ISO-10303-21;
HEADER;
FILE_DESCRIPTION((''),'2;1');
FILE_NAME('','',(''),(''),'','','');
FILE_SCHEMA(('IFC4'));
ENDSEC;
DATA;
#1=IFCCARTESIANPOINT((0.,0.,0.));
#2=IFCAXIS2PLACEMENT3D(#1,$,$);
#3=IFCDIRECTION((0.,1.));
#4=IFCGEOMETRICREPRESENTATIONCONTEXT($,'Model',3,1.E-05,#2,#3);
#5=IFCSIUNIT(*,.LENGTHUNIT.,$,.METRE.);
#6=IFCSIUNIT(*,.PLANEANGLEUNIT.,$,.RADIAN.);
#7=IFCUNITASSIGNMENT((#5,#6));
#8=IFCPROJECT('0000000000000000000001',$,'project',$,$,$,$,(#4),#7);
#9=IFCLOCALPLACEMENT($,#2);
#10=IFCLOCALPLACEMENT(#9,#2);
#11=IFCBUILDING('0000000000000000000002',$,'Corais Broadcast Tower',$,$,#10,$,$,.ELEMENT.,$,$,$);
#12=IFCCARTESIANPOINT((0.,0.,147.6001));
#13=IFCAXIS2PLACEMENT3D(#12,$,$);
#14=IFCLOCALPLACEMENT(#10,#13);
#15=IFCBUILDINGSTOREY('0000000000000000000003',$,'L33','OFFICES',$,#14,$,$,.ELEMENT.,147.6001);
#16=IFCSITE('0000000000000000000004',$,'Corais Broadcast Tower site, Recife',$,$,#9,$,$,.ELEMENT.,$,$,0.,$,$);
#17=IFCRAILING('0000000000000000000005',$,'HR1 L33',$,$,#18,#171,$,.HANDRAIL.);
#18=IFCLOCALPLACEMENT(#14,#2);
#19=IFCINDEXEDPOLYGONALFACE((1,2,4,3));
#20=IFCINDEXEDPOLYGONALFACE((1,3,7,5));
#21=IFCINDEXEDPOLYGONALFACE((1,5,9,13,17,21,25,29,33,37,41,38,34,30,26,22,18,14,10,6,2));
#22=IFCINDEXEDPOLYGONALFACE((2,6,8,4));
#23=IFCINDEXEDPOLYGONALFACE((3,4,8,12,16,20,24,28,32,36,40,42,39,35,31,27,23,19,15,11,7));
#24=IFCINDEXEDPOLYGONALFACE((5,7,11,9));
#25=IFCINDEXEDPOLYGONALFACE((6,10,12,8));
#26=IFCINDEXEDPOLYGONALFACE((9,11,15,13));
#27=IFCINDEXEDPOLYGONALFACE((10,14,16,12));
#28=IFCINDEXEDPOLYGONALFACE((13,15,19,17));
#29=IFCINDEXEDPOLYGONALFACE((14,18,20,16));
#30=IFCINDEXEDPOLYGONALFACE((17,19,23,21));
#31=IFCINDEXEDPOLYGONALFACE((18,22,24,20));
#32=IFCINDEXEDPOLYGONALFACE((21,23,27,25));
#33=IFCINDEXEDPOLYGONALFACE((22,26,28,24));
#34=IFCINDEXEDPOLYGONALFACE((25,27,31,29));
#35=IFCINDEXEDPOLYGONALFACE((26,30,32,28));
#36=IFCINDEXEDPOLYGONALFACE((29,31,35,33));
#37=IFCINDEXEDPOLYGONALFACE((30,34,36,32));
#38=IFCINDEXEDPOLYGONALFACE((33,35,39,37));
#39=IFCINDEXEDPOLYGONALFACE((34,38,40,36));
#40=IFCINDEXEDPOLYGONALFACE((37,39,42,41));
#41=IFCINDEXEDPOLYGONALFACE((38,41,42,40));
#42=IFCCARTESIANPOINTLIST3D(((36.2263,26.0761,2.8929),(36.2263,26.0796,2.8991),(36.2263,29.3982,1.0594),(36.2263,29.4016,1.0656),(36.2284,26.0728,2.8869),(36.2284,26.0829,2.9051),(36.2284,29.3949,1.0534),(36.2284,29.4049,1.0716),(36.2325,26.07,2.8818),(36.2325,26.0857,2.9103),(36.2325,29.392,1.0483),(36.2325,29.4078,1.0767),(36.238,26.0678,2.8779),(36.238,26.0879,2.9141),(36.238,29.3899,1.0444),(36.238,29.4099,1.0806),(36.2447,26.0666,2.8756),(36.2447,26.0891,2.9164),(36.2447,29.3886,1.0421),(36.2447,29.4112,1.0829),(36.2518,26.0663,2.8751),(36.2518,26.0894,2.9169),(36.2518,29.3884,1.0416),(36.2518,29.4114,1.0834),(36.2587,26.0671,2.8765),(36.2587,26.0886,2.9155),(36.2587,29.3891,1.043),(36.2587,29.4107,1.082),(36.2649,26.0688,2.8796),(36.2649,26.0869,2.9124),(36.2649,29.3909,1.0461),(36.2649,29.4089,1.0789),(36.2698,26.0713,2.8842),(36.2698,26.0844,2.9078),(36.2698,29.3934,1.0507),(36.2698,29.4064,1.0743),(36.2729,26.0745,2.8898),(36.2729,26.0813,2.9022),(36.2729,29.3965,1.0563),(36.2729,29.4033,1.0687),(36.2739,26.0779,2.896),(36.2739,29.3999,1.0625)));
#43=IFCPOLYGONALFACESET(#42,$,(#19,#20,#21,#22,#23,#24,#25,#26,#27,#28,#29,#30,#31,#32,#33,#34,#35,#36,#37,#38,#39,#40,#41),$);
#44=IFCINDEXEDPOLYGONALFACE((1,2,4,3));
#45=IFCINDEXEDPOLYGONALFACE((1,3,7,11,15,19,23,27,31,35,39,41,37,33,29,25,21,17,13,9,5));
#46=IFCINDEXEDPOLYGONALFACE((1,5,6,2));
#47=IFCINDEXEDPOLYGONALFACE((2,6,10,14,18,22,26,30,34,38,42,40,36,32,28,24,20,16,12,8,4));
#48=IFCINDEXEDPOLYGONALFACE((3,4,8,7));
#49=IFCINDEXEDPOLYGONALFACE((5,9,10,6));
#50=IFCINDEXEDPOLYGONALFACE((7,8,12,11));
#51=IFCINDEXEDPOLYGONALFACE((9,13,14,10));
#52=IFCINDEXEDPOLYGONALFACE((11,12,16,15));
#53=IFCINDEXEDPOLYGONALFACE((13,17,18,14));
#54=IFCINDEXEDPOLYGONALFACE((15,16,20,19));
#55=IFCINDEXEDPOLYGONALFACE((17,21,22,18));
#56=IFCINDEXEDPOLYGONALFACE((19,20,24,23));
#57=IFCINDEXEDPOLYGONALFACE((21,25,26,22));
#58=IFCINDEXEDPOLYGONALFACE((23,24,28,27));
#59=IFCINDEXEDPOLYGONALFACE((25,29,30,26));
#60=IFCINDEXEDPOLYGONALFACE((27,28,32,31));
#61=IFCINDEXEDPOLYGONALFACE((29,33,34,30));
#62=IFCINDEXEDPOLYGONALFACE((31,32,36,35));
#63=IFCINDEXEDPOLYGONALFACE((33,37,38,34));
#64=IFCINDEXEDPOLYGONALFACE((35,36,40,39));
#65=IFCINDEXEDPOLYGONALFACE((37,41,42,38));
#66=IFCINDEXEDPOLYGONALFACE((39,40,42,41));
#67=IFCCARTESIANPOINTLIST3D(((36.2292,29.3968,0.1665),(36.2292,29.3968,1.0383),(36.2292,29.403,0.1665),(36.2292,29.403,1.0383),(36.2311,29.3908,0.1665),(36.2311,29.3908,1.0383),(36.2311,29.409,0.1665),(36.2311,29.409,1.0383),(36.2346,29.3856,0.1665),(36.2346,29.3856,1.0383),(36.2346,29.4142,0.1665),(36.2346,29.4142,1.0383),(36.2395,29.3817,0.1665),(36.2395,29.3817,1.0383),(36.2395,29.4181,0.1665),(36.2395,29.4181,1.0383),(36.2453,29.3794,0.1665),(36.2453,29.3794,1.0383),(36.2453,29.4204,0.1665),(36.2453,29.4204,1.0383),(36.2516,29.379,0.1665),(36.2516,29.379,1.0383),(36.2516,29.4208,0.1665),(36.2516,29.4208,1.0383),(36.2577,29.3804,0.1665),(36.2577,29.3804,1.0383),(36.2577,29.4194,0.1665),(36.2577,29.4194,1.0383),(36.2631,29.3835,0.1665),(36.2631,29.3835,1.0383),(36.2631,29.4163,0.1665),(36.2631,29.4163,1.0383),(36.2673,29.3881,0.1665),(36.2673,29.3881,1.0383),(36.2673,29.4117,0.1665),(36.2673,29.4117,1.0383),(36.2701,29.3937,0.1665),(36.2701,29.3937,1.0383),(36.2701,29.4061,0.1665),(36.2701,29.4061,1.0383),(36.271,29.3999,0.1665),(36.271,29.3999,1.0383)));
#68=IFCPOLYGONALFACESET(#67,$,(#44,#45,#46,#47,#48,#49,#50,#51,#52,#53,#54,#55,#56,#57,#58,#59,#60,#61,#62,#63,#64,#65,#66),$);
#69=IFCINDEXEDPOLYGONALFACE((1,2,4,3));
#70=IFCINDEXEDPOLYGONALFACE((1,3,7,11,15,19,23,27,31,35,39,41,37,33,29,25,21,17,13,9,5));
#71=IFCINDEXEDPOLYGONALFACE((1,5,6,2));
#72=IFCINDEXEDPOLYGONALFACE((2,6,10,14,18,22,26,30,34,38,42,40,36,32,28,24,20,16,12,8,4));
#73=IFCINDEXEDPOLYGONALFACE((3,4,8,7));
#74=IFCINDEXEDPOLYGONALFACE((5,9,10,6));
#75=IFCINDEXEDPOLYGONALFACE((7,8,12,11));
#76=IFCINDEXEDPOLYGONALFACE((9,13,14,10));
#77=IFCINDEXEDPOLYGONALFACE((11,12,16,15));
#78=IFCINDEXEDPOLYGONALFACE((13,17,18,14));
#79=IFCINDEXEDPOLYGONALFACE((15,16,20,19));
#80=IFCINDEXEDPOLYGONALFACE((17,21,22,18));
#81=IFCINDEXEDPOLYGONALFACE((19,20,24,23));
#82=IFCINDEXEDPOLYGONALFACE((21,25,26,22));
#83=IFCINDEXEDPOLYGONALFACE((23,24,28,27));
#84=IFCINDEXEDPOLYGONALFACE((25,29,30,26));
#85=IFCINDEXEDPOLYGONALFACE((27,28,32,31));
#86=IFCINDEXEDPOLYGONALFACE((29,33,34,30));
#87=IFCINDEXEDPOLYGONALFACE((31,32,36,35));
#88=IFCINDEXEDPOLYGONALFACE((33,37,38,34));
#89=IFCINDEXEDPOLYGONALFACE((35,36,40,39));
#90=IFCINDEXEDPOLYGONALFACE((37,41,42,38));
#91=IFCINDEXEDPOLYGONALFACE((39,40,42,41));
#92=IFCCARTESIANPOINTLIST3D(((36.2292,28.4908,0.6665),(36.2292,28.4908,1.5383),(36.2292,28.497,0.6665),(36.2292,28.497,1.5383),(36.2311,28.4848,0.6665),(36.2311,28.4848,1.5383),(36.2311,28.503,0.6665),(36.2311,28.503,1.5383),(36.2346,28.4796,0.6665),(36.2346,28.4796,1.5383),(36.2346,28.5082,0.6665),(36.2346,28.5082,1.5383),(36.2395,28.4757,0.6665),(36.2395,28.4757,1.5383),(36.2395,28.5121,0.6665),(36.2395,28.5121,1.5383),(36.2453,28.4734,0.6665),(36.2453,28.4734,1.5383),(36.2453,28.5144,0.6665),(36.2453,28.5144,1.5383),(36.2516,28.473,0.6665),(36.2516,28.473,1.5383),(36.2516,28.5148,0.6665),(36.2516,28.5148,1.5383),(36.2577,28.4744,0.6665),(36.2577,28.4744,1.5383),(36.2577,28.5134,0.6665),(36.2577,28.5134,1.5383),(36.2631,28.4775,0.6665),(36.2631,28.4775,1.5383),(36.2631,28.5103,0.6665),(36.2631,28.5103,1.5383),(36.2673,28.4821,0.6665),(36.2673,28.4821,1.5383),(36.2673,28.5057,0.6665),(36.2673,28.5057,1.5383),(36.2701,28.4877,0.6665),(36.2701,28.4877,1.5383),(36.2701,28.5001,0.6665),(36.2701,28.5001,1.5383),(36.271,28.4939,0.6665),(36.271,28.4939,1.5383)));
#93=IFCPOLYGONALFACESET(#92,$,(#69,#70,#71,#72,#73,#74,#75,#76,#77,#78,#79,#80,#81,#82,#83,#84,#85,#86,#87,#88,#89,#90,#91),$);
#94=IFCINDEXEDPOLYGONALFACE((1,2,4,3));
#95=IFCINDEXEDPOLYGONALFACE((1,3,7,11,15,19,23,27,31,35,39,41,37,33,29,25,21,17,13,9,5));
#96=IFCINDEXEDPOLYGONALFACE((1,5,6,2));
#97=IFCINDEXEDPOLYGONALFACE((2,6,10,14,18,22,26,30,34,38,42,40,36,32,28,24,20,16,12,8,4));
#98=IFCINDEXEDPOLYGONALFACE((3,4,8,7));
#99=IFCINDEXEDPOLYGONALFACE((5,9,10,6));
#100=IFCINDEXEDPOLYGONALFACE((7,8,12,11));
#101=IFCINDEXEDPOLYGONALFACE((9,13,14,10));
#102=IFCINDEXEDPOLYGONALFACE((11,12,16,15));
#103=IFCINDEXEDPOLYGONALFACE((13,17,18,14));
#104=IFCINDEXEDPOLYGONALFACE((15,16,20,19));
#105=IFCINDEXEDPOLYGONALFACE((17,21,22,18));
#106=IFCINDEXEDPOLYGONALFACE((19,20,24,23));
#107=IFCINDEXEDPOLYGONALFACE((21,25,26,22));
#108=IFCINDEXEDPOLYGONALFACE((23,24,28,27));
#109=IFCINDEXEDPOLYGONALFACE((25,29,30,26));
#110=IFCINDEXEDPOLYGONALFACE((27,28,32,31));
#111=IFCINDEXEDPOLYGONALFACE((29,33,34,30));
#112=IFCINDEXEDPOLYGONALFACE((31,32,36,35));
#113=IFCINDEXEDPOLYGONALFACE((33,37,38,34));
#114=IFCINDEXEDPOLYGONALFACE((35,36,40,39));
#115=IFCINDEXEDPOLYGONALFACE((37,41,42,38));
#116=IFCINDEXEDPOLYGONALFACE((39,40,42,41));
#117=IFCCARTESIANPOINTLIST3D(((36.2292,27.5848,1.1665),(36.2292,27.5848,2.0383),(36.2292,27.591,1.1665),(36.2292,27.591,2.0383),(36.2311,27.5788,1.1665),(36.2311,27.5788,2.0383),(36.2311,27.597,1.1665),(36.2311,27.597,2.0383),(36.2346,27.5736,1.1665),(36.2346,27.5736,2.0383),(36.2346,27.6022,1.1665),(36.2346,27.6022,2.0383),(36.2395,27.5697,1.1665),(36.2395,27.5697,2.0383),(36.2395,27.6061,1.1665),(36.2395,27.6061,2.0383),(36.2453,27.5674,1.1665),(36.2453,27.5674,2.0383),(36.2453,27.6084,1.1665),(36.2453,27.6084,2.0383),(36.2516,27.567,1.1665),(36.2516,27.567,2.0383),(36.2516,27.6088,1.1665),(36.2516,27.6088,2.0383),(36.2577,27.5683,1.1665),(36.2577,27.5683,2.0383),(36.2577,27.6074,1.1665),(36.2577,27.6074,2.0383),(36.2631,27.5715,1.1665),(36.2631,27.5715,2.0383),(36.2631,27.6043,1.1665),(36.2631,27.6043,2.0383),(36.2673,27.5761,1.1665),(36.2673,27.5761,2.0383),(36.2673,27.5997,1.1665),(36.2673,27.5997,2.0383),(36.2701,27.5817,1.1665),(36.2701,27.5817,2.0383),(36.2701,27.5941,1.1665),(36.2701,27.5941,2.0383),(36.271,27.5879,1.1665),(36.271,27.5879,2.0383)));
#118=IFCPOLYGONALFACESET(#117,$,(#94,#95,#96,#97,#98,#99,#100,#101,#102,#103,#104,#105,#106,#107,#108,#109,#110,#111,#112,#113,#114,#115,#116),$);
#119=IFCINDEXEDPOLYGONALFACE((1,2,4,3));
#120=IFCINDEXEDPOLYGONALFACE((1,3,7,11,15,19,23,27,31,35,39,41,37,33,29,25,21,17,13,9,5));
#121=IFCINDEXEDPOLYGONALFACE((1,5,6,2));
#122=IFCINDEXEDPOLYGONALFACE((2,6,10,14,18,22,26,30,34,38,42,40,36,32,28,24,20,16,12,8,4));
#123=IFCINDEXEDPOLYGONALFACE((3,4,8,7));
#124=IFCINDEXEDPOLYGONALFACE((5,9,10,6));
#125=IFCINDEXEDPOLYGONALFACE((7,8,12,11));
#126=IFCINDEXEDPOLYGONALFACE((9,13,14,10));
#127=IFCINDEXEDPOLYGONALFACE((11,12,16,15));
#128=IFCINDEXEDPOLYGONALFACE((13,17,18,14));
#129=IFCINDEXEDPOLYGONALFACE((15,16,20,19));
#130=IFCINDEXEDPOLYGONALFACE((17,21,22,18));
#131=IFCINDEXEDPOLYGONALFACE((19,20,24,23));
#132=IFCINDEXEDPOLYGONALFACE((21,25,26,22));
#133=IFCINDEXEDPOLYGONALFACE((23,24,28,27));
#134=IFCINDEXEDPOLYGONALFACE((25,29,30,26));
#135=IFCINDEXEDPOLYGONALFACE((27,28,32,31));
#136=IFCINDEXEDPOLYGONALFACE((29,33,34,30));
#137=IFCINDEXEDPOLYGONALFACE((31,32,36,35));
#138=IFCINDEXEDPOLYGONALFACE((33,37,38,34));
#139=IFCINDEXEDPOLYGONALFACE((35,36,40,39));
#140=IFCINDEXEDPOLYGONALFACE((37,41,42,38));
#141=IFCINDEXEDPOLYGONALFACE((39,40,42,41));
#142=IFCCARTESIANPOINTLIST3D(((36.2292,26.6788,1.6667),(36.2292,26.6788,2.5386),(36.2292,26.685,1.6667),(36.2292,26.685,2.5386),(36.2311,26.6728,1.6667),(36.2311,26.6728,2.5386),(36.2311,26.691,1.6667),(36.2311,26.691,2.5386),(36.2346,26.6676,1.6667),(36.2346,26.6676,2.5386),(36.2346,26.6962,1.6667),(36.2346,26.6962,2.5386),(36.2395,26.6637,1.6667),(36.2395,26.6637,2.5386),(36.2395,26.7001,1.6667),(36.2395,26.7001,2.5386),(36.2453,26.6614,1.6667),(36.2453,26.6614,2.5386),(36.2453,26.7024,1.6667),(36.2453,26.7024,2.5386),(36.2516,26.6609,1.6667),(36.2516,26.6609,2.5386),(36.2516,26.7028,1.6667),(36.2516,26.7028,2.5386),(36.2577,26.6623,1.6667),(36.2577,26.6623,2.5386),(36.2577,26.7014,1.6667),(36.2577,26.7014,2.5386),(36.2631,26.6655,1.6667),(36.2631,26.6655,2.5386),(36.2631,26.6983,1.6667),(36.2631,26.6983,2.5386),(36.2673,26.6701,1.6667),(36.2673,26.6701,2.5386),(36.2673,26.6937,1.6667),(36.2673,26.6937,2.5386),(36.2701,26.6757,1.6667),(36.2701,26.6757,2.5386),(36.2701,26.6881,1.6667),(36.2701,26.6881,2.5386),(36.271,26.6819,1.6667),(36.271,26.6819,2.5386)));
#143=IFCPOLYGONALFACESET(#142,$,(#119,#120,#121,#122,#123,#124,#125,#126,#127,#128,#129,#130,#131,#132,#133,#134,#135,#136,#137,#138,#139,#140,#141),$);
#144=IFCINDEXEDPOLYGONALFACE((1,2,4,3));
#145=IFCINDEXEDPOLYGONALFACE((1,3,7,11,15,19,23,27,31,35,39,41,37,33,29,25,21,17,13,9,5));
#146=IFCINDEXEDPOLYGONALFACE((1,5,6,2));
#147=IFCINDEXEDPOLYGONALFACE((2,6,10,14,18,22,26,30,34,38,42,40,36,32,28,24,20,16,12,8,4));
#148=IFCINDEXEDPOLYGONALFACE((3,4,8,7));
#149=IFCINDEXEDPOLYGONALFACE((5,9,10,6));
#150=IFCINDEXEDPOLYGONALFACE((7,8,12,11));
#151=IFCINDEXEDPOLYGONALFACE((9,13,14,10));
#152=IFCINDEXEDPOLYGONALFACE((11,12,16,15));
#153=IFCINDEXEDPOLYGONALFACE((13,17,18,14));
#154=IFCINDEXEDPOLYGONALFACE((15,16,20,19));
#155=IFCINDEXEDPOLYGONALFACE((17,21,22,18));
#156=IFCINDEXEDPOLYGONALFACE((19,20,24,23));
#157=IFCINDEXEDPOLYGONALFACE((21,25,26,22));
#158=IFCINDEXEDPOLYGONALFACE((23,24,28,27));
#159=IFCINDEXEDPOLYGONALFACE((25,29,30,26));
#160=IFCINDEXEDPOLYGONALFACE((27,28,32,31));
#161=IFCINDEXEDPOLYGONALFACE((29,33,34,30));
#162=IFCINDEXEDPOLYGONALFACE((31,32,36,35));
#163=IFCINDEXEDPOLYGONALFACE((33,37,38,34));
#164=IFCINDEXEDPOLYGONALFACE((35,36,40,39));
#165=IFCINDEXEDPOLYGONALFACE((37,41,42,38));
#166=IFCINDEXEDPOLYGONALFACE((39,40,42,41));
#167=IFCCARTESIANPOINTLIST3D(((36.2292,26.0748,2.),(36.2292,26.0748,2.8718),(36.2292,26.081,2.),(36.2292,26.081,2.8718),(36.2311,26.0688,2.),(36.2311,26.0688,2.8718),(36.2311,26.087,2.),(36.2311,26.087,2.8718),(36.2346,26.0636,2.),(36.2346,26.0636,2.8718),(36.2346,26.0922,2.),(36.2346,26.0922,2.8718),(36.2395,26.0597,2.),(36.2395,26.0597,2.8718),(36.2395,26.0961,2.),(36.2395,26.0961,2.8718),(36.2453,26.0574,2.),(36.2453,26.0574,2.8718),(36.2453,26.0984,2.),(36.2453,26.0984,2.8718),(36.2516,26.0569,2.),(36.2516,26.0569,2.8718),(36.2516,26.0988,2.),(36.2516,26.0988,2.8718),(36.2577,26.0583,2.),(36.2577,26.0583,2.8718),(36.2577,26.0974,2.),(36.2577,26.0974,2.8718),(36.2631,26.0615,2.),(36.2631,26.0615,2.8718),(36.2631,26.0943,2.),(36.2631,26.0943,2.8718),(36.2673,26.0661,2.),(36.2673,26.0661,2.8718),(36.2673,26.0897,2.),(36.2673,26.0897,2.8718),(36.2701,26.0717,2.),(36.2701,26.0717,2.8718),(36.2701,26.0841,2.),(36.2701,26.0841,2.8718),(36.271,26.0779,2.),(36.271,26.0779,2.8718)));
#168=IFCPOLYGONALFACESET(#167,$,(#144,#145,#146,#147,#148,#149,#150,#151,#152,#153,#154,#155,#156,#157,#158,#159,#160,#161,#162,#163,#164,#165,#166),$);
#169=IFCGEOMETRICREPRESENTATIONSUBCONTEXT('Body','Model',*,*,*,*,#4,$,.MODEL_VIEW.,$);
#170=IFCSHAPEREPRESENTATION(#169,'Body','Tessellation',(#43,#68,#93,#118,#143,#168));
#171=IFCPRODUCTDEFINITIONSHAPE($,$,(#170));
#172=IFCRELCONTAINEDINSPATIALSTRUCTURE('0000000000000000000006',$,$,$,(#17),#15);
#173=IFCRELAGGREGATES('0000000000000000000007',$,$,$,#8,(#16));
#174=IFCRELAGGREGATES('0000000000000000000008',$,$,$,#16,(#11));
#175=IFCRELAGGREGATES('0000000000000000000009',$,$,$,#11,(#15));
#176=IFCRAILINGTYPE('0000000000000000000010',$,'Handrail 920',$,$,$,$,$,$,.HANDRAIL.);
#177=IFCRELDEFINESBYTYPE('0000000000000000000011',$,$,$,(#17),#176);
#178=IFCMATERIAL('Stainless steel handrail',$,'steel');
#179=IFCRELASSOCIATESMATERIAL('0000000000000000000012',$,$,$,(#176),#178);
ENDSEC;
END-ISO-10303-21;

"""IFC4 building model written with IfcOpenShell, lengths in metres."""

from ifc_helpers import new_model, si_unit, direction, frame, origin, origin_2d, place, context, subcontext, project, spatial, circle, extrude, material, type_object, element, save


model = new_model("IFC4")

# Units and contexts
model_context = context("Model", 3, precision=1e-05, world=origin(), true_north=direction((0.0, 1.0)))
body_context = subcontext(model_context, "Body", "Model", "MODEL_VIEW")
ifc_project = project(units=[si_unit("LENGTHUNIT", "METRE"), si_unit("PLANEANGLEUNIT", "RADIAN")], contexts=[model_context])

# Site, building, storey
site_placement = place(None, origin())
site = spatial("IfcSite", under=ifc_project, at=site_placement, Name="Corais Broadcast Tower site, Recife", CompositionType="ELEMENT", RefElevation=0.0)
building_placement = place(site_placement, origin())
building = spatial("IfcBuilding", under=site, at=building_placement, Name="Corais Broadcast Tower", CompositionType="ELEMENT")
storey_placement = place(building_placement, frame((0.0, 0.0, 147.6001)))
storey = spatial("IfcBuildingStorey", under=building, at=storey_placement, Name="L33", Description="OFFICES", CompositionType="ELEMENT", Elevation=147.6001)

# Railing
ifc_material_1 = material(Name="Stainless steel handrail", Category="steel")
railing_type = type_object("IfcRailingType", Name="Handrail 920", PredefinedType="HANDRAIL", material=ifc_material_1)
for number, where, name in (
    (1, (36.25, 29.3999, 0.1665), "HR1 L33"),
):
    element("IfcRailing", number, at=place(storey_placement, frame(where)), inside=storey, type_object=railing_type, Name=name, PredefinedType="HANDRAIL", context=body_context, shape_type="SweptSolid", body=[
        extrude(circle(Radius=0.0239, at=origin_2d()), frame((0.0, 0.0, 0.896), z_axis=(0.0, -0.875504, 0.48321), x_axis=(1.0, 0.0, 0.0)), (0.0, 0.0, 1.0), 3.7944),
        extrude(circle(Radius=0.021, at=origin_2d()), origin(), (0.0, 0.0, 1.0), 0.8718),
        extrude(circle(Radius=0.021, at=origin_2d()), frame((0.0, -0.906, 0.5)), (0.0, 0.0, 1.0), 0.8718),
        extrude(circle(Radius=0.021, at=origin_2d()), frame((0.0, -1.812, 1.0)), (0.0, 0.0, 1.0), 0.8718),
        extrude(circle(Radius=0.021, at=origin_2d()), frame((0.0, -2.718, 1.5002)), (0.0, 0.0, 1.0), 0.8718),
        extrude(circle(Radius=0.021, at=origin_2d()), frame((0.0, -3.322, 1.8335)), (0.0, 0.0, 1.0), 0.8718),
    ])

save(model, "model.ifc")
